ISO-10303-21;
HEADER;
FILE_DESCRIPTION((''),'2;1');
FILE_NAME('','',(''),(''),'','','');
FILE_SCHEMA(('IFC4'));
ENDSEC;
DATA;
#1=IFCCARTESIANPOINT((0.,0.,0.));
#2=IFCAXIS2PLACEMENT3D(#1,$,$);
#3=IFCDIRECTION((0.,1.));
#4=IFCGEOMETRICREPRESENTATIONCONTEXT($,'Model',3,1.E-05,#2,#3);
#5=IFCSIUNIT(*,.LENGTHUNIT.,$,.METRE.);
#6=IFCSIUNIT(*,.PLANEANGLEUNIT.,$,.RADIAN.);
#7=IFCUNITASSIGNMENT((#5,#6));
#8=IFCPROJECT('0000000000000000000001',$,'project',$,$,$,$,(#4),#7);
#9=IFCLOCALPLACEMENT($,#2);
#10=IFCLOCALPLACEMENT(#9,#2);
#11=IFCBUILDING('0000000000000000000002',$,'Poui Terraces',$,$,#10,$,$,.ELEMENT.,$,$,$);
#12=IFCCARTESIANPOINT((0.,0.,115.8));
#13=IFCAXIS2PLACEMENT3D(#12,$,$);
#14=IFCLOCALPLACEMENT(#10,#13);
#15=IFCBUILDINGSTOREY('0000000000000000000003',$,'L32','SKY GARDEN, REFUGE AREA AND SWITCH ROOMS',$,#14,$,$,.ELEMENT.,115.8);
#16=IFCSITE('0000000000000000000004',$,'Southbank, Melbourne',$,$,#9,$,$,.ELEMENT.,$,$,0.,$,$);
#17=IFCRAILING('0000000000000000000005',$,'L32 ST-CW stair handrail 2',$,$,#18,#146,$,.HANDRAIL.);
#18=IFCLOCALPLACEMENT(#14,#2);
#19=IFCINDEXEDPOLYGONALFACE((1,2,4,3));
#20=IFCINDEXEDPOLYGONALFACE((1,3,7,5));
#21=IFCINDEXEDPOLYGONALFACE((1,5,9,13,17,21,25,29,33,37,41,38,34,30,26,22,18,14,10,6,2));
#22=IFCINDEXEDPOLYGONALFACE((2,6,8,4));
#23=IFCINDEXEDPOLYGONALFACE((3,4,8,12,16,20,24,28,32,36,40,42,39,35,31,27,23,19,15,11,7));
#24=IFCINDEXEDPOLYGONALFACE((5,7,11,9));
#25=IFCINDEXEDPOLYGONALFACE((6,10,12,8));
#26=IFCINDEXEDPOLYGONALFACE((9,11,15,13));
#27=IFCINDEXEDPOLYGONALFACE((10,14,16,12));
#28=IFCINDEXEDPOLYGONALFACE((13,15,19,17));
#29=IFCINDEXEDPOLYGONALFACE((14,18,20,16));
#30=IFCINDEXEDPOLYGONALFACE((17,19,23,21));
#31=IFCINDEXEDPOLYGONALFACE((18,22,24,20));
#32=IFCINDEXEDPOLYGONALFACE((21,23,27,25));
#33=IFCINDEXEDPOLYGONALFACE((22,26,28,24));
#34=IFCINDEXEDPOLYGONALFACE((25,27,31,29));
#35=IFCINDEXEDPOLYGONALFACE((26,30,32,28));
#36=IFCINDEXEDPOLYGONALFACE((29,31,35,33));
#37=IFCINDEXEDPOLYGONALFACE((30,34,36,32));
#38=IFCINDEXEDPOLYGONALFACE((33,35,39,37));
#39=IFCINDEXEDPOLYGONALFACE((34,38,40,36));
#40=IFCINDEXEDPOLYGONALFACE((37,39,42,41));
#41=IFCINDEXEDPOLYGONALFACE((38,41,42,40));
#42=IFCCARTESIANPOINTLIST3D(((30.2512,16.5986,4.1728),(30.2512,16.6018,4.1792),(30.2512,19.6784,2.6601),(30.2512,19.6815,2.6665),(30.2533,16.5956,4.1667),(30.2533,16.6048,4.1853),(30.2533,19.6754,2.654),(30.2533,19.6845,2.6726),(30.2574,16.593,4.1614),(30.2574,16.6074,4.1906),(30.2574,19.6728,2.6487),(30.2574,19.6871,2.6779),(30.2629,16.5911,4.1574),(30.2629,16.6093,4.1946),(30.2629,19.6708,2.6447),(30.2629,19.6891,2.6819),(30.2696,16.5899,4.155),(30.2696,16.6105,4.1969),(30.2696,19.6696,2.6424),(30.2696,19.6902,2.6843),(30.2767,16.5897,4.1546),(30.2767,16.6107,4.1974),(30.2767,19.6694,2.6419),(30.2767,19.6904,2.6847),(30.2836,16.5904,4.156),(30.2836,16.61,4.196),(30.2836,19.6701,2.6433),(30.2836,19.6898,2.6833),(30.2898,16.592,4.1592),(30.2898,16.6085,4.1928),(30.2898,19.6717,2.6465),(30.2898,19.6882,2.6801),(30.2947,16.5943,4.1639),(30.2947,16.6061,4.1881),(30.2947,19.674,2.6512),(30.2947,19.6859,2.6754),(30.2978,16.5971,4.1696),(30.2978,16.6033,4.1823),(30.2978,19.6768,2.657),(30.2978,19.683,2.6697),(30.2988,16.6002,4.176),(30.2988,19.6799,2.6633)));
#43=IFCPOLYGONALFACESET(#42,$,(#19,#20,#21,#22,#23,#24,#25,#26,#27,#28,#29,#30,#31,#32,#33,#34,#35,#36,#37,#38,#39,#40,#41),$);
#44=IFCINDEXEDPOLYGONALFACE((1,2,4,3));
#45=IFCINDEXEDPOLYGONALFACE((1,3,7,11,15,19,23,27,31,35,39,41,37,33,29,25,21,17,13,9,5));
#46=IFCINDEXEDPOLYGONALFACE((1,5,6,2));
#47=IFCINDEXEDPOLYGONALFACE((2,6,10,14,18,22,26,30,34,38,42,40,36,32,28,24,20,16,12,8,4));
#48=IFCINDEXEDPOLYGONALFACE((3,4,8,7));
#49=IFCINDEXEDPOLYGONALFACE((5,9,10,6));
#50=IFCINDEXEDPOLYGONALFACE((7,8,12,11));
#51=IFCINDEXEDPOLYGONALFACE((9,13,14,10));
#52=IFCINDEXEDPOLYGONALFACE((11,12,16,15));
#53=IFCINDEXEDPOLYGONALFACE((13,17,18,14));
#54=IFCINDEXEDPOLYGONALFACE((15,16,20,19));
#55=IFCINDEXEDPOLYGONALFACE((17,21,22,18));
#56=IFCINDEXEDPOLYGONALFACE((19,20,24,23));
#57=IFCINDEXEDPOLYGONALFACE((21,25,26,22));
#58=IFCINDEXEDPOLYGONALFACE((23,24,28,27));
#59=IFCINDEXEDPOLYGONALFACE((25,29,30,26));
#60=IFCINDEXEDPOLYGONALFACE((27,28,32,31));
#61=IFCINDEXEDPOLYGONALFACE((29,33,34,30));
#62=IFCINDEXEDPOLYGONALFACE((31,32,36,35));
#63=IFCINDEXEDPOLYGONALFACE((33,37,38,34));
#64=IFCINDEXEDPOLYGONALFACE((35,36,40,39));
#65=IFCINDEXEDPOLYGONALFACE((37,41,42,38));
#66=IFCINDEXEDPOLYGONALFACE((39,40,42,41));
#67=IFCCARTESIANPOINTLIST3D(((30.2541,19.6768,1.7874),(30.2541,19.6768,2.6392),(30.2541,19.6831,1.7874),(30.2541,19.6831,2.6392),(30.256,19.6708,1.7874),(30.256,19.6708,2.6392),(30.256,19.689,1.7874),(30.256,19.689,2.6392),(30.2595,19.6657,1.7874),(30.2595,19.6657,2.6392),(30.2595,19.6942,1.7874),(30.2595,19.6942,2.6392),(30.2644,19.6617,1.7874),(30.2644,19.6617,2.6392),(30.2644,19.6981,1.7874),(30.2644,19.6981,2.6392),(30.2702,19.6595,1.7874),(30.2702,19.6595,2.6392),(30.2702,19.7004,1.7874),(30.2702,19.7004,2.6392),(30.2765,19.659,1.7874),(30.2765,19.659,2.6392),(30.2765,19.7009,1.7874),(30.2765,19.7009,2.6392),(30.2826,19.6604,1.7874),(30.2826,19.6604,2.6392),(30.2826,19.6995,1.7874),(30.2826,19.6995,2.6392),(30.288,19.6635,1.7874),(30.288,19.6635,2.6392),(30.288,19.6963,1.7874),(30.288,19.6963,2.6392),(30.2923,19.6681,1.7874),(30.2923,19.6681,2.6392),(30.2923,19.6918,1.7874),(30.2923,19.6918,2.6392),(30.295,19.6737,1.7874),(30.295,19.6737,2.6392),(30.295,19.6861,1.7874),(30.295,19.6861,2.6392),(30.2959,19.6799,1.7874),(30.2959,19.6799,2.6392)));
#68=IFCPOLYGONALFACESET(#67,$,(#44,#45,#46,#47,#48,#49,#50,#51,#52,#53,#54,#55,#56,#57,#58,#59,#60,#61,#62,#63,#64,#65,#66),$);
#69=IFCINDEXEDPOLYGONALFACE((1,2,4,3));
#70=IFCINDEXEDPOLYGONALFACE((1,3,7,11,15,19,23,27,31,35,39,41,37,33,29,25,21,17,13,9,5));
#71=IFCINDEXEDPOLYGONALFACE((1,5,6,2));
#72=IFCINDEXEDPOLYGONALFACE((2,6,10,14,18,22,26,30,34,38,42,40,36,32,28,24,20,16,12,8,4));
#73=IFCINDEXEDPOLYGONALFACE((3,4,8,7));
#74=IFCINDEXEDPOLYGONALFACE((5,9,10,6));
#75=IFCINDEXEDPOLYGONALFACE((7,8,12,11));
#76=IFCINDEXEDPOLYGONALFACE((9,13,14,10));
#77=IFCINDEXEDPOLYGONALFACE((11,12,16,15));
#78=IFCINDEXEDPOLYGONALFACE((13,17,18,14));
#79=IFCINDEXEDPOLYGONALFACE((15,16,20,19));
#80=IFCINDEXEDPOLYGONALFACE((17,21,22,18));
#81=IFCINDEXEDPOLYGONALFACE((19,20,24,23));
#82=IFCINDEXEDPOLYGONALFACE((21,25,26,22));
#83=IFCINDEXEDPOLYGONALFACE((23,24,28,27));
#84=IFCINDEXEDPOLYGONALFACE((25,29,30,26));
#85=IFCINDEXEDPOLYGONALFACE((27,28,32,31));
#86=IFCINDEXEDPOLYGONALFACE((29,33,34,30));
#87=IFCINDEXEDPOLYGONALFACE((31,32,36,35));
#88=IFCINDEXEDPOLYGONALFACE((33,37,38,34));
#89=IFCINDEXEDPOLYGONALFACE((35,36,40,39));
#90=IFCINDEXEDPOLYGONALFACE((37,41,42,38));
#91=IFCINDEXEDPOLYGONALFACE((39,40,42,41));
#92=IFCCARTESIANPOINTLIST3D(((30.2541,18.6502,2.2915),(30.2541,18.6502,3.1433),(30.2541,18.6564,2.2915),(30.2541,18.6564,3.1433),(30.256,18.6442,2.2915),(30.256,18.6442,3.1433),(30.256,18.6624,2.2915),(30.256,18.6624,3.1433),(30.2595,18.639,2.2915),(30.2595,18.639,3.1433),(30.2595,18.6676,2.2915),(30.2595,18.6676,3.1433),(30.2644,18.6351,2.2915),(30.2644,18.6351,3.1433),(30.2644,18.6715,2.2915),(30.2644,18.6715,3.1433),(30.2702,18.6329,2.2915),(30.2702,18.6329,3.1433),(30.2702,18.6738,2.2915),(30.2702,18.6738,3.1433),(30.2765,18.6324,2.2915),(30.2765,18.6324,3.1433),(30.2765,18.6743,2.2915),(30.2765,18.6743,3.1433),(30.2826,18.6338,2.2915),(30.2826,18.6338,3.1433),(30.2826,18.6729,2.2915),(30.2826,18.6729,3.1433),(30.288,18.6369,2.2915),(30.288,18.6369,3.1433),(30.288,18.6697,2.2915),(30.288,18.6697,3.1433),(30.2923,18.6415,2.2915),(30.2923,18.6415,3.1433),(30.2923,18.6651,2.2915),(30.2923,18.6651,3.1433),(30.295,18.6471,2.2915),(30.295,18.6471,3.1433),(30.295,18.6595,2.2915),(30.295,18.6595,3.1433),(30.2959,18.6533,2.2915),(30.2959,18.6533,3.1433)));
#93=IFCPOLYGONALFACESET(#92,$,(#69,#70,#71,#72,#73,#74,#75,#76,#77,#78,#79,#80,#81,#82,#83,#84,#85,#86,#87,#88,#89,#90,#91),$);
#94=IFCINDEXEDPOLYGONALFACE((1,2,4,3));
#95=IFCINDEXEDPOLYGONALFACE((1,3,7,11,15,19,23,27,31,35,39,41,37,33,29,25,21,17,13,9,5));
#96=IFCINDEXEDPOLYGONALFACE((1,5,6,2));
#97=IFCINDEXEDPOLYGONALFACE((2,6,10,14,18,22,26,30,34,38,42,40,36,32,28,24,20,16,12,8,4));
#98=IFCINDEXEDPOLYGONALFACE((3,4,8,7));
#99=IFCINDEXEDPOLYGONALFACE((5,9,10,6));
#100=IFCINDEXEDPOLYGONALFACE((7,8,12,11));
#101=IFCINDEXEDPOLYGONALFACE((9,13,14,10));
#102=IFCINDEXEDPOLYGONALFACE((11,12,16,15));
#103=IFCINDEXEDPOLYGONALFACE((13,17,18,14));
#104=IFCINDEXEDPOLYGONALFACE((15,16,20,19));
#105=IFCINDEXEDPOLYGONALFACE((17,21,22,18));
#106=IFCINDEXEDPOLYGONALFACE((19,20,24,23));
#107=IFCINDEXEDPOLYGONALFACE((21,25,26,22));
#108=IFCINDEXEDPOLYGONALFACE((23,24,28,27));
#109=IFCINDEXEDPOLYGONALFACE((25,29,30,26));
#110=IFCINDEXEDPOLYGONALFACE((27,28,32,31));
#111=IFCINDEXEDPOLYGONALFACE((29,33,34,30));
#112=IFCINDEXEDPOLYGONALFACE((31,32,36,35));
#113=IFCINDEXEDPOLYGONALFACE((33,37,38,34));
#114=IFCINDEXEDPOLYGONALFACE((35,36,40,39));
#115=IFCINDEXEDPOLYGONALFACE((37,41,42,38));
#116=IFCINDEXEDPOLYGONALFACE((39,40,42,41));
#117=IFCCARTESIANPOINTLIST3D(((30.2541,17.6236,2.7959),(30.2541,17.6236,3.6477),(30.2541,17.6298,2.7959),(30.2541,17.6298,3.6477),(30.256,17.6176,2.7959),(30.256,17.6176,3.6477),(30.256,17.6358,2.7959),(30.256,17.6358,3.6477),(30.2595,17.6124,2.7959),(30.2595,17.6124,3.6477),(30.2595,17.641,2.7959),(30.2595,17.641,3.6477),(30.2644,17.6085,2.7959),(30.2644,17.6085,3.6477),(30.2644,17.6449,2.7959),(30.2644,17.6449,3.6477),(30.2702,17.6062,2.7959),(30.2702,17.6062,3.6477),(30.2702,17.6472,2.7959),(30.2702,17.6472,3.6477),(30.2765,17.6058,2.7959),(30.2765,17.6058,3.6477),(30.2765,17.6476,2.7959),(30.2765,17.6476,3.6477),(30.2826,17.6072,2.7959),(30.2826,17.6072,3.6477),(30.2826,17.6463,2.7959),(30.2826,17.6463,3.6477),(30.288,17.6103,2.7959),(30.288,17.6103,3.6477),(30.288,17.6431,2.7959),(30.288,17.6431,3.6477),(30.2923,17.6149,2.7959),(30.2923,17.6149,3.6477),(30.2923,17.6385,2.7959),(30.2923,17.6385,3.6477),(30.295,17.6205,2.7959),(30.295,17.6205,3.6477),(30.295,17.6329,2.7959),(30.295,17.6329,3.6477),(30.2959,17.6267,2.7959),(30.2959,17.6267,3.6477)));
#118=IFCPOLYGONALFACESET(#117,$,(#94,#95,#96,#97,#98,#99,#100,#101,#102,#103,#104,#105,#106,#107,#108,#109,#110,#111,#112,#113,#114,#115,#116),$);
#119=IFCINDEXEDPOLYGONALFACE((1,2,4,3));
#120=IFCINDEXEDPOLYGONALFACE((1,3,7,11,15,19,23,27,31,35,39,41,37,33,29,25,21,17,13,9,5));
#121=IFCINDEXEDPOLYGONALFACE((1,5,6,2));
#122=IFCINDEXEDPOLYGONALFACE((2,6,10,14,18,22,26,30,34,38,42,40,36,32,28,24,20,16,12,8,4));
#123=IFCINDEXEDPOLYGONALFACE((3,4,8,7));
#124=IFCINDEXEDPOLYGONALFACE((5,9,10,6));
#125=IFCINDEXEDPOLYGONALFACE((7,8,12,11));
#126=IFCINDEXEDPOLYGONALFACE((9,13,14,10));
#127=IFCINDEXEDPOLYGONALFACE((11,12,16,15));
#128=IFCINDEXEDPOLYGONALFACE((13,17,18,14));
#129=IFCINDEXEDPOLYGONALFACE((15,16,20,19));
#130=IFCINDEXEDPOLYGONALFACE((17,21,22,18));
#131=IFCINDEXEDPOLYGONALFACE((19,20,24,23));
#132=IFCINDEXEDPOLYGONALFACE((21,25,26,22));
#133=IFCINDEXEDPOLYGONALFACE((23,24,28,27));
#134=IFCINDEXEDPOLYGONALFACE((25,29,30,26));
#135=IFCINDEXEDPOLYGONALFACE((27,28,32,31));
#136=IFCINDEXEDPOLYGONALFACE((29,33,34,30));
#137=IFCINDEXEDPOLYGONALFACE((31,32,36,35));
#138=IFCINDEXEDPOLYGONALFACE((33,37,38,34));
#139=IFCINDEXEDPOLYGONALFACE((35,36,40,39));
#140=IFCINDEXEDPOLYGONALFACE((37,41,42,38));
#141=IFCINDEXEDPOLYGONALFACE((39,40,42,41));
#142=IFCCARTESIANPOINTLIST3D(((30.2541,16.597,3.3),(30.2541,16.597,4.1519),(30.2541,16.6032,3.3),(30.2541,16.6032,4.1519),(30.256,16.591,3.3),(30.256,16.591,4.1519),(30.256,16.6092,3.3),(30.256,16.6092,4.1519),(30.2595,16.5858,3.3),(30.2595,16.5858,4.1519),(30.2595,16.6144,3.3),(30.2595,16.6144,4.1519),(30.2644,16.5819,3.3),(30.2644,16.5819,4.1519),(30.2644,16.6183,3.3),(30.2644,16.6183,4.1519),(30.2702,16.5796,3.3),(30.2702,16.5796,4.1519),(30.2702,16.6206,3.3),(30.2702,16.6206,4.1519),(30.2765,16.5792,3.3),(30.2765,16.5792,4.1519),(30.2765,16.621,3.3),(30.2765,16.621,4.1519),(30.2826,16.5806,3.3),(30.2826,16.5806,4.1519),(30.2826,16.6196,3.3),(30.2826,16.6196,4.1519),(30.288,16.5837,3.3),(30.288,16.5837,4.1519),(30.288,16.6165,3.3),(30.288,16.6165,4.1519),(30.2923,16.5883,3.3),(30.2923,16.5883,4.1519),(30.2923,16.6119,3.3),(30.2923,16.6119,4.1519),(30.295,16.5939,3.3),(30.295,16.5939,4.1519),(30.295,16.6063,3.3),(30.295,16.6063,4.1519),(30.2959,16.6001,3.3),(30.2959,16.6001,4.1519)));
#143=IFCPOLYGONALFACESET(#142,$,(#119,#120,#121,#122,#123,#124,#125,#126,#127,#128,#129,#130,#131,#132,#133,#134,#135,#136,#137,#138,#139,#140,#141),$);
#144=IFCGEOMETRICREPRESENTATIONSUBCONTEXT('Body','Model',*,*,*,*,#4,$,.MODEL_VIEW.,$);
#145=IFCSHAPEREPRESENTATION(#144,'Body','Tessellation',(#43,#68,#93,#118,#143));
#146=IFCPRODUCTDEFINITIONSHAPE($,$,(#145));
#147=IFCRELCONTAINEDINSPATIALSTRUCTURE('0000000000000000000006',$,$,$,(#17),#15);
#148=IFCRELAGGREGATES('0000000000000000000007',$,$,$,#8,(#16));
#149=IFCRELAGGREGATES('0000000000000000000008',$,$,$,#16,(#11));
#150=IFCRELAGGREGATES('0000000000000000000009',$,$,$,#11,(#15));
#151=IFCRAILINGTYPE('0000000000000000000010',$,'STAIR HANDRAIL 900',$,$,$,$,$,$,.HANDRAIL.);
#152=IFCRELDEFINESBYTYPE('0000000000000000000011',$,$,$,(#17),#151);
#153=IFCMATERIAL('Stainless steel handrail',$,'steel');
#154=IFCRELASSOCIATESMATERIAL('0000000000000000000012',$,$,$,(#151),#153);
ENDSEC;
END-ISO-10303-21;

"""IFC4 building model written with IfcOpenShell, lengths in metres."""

from ifc_helpers import new_model, si_unit, direction, frame, origin, origin_2d, place, context, subcontext, project, spatial, circle, extrude, material, type_object, element, save


model = new_model("IFC4")

# Units and contexts
model_context = context("Model", 3, precision=1e-05, world=origin(), true_north=direction((0.0, 1.0)))
body_context = subcontext(model_context, "Body", "Model", "MODEL_VIEW")
ifc_project = project(units=[si_unit("LENGTHUNIT", "METRE"), si_unit("PLANEANGLEUNIT", "RADIAN")], contexts=[model_context])

# Site, building, storey
site_placement = place(None, origin())
site = spatial("IfcSite", under=ifc_project, at=site_placement, Name="Southbank, Melbourne", CompositionType="ELEMENT", RefElevation=0.0)
building_placement = place(site_placement, origin())
building = spatial("IfcBuilding", under=site, at=building_placement, Name="Poui Terraces", CompositionType="ELEMENT")
storey_placement = place(building_placement, frame((0.0, 0.0, 115.8)))
storey = spatial("IfcBuildingStorey", under=building, at=storey_placement, Name="L32", Description="SKY GARDEN, REFUGE AREA AND SWITCH ROOMS", CompositionType="ELEMENT", Elevation=115.8)

# Railing
ifc_material_1 = material(Name="Stainless steel handrail", Category="steel")
railing_type_1 = type_object("IfcRailingType", Name="STAIR HANDRAIL 900", PredefinedType="HANDRAIL", material=ifc_material_1)
railing_1_placement = place(storey_placement, frame((30.2749, 19.6799, 1.7874)))
element("IfcRailing", 1, at=railing_1_placement, inside=storey, type_object=railing_type_1, Name="L32 ST-CW stair handrail 2", PredefinedType="HANDRAIL", context=body_context, shape_type="SweptSolid", body=[
    extrude(circle(Radius=0.0239, at=origin_2d()), frame((0.0, 0.0, 0.876), z_axis=(0.0, -0.897578, 0.440856), x_axis=(1.0, 0.0, 0.0)), (0.0, 0.0, 1.0), 3.4312),
    extrude(circle(Radius=0.021, at=origin_2d()), origin(), (0.0, 0.0, 1.0), 0.8518),
    extrude(circle(Radius=0.021, at=origin_2d()), frame((0.0, -1.0266, 0.5042)), (0.0, 0.0, 1.0), 0.8518),
    extrude(circle(Radius=0.021, at=origin_2d()), frame((0.0, -2.0532, 1.0085)), (0.0, 0.0, 1.0), 0.8518),
    extrude(circle(Radius=0.021, at=origin_2d()), frame((0.0, -3.0798, 1.5127)), (0.0, 0.0, 1.0), 0.8518),
])

save(model, "model.ifc")
